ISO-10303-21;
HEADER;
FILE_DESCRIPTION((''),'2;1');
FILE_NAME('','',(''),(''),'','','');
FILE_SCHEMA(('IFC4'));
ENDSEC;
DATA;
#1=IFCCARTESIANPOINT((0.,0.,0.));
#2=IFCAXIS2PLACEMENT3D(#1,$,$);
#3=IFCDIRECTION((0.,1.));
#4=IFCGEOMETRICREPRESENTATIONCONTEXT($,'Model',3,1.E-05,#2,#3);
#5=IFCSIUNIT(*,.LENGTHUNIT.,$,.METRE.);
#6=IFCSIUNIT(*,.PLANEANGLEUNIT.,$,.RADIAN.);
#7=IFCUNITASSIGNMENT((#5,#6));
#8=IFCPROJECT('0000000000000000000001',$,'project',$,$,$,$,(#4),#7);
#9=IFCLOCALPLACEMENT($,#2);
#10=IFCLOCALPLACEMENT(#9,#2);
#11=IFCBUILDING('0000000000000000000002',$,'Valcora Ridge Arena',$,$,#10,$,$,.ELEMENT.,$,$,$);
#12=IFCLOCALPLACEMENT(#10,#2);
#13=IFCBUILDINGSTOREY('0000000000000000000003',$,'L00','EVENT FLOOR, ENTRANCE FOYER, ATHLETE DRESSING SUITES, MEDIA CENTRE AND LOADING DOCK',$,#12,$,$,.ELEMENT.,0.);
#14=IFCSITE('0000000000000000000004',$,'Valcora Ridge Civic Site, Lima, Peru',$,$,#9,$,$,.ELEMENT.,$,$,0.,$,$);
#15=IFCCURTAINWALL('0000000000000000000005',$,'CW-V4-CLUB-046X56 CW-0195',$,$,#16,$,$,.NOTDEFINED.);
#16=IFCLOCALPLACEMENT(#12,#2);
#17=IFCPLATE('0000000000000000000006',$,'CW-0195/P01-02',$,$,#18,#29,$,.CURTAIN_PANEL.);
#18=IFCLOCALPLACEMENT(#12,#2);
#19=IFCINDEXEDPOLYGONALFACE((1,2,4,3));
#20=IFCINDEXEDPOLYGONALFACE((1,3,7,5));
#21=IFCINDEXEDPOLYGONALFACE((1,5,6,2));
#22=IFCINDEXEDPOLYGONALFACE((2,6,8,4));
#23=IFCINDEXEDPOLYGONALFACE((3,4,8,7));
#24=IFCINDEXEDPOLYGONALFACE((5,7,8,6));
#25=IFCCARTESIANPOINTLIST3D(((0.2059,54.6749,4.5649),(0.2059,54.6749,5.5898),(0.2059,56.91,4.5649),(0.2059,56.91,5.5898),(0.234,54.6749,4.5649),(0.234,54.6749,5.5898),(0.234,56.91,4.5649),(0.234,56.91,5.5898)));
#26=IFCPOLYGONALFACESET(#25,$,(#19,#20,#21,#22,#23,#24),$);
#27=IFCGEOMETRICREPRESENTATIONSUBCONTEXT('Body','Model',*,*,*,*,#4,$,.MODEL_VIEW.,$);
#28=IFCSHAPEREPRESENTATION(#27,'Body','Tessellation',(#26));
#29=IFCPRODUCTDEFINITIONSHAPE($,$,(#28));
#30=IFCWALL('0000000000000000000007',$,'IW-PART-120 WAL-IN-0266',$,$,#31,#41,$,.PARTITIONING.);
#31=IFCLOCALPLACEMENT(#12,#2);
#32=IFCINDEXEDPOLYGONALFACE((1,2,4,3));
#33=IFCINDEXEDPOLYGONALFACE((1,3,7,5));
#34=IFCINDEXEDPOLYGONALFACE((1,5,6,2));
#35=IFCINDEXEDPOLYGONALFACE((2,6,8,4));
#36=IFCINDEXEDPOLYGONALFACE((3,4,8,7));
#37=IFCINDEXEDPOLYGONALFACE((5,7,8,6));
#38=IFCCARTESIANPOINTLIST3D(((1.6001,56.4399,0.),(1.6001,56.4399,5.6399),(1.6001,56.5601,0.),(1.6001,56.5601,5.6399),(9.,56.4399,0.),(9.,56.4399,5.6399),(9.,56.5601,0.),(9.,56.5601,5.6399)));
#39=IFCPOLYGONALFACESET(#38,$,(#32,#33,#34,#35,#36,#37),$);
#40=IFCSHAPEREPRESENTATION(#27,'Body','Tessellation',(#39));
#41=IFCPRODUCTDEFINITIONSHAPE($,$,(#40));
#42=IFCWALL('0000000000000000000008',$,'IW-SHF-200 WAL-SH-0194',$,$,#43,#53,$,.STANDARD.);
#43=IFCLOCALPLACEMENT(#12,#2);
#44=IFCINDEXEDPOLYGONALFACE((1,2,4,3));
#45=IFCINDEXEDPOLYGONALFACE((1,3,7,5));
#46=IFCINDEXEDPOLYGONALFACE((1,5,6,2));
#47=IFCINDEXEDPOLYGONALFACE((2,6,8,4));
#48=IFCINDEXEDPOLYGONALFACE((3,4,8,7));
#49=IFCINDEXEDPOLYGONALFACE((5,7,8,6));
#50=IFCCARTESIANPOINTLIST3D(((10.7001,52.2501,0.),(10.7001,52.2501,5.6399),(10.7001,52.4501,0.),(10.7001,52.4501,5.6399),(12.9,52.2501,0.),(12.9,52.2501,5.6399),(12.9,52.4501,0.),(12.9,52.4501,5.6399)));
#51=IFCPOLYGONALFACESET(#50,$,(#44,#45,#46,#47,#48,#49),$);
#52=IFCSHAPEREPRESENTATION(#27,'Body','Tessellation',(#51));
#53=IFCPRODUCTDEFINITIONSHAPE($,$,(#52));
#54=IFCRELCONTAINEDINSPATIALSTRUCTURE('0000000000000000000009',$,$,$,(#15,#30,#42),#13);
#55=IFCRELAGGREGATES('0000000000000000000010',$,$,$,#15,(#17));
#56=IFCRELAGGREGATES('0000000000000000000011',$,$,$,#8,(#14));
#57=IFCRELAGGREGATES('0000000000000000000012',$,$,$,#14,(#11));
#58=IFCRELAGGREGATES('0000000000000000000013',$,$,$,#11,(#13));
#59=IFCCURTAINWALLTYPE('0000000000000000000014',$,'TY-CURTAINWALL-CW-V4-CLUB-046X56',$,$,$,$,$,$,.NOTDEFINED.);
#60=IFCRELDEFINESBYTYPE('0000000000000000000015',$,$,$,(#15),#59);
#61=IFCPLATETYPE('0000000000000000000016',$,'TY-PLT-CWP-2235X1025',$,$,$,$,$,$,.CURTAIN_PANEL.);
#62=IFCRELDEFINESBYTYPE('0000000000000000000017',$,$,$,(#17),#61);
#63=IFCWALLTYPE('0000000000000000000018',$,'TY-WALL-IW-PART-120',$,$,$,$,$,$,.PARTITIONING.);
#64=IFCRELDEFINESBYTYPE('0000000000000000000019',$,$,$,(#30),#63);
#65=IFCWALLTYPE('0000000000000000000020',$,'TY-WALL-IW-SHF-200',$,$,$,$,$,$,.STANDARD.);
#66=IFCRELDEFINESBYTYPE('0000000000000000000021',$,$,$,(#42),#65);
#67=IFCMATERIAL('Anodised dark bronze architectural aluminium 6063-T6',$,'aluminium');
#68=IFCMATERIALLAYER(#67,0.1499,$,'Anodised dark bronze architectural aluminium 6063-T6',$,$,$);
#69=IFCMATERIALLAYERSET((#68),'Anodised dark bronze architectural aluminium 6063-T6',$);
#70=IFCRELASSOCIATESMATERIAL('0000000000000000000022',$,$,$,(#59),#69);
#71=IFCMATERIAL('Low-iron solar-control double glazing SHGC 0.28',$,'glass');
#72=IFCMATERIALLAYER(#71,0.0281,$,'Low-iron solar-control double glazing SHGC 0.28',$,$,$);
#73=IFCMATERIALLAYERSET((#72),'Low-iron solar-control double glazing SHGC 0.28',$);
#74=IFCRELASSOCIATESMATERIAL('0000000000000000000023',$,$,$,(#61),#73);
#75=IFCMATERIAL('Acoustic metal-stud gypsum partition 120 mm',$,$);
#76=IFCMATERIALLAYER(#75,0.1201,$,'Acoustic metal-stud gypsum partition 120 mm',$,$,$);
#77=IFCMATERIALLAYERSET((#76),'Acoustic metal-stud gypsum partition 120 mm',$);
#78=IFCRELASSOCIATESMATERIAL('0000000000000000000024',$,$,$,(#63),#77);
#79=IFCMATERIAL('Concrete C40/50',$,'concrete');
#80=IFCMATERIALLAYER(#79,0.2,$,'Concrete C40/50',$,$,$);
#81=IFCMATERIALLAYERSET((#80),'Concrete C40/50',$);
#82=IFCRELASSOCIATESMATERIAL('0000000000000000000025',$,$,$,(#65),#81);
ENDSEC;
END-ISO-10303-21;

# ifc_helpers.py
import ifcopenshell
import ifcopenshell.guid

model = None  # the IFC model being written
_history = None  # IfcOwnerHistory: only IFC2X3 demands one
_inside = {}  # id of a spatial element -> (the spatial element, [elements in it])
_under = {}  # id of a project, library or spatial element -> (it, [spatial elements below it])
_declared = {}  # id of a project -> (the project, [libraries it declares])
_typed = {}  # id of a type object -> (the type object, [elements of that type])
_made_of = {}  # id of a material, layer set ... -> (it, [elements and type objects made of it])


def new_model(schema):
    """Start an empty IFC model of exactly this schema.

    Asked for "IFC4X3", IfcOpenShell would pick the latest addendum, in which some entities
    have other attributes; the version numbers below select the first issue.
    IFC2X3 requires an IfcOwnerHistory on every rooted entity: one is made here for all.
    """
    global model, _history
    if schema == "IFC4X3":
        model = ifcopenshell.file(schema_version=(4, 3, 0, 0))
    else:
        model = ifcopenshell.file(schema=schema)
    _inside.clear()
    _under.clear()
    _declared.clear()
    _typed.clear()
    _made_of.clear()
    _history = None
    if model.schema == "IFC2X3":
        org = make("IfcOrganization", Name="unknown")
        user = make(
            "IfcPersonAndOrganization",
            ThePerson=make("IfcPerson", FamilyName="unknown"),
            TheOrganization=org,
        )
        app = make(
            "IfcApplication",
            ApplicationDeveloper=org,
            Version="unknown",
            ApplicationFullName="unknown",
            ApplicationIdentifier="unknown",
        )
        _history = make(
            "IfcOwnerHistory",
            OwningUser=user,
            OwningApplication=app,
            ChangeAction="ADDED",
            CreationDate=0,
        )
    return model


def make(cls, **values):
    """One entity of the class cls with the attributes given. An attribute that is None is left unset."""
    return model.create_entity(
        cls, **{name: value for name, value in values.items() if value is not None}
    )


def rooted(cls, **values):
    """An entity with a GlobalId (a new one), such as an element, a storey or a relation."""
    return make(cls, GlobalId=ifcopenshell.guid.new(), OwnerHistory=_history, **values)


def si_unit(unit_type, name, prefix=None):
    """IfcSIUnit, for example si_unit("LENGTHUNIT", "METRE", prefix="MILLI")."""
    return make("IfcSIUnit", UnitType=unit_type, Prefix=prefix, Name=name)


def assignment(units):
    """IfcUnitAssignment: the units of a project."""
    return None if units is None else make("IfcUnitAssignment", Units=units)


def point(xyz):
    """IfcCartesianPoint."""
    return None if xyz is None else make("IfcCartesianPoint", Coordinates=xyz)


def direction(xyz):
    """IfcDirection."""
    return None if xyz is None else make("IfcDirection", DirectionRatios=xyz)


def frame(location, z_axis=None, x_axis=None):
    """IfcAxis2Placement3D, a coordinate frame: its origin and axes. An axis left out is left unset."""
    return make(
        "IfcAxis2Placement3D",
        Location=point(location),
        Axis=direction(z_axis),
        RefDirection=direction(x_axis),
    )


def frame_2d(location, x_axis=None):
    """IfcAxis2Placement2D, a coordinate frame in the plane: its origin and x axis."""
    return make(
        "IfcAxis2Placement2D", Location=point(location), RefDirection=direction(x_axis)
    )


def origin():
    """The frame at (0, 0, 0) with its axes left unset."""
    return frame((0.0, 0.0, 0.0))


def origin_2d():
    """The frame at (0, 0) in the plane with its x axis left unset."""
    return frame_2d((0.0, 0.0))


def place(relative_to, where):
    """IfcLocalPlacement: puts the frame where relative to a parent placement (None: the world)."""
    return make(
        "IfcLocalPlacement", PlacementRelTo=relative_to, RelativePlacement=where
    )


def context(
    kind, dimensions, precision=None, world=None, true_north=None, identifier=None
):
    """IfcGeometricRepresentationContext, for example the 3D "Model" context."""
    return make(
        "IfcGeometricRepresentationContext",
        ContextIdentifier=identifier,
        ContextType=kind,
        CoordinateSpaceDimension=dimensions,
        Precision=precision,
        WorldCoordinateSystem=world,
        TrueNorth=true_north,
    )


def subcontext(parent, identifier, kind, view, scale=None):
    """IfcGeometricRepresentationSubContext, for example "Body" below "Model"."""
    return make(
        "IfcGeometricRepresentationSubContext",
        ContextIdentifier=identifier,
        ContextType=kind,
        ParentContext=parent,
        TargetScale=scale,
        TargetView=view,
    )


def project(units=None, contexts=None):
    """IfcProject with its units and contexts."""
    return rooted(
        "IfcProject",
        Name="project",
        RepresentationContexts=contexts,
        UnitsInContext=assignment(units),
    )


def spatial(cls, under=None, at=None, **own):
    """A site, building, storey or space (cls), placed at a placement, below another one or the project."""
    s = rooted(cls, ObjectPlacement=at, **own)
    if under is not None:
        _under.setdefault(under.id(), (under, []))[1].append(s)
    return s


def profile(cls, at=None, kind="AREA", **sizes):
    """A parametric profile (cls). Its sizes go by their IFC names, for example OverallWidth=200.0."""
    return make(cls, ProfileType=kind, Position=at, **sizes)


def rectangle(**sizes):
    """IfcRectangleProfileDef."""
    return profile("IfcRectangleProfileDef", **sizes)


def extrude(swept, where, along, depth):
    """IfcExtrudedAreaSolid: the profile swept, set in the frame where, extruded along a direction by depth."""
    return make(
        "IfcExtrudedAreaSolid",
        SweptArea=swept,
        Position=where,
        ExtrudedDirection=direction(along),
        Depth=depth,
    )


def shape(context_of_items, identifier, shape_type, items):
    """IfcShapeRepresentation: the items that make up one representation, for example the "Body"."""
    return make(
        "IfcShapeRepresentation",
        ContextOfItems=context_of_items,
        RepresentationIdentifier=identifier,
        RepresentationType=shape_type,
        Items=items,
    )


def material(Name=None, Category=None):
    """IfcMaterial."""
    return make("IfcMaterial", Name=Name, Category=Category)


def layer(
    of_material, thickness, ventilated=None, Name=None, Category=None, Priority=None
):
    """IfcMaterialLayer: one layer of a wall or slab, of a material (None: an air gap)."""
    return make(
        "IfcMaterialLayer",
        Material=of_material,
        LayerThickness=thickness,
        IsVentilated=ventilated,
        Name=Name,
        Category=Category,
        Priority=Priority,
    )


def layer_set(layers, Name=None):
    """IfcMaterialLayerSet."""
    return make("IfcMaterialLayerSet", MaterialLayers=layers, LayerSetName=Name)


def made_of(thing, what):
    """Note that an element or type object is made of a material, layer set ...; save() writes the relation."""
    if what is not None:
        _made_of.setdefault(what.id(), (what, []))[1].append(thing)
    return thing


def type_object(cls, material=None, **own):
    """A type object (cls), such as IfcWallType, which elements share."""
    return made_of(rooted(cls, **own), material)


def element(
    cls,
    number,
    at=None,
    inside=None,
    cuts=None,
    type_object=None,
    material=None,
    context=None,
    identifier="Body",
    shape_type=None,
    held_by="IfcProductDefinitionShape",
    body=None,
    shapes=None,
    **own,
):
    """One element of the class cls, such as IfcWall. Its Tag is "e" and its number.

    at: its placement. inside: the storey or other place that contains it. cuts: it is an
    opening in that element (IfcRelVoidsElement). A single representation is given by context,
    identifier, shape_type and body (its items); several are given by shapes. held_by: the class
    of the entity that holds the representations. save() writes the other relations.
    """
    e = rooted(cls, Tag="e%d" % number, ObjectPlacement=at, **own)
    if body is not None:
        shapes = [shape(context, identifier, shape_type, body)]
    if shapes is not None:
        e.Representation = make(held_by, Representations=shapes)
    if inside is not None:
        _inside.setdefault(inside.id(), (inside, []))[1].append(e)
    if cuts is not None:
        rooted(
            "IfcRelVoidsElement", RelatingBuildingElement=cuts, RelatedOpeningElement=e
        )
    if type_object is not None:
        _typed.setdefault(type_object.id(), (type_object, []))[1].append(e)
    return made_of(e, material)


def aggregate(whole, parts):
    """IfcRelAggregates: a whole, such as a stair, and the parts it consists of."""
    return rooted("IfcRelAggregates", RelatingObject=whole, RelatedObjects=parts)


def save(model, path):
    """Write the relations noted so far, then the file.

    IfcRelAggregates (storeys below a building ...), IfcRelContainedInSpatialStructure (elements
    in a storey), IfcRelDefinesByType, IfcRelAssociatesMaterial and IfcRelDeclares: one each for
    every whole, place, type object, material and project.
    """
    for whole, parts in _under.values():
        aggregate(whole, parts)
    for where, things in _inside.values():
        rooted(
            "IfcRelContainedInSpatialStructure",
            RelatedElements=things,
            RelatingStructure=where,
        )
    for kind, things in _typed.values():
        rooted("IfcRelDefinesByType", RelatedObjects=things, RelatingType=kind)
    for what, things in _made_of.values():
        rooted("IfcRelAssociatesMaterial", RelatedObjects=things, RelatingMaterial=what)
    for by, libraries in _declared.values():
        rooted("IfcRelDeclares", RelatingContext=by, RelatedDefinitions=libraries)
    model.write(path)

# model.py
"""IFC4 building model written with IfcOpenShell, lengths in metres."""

from ifc_helpers import new_model, si_unit, direction, frame, frame_2d, origin, origin_2d, place, context, subcontext, project, spatial, rectangle, extrude, material, layer, layer_set, type_object, element, aggregate, save


model = new_model("IFC4")

# Units and contexts
model_context = context("Model", 3, precision=1e-05, world=origin(), true_north=direction((0.0, 1.0)))
body_context = subcontext(model_context, "Body", "Model", "MODEL_VIEW")
ifc_project = project(units=[si_unit("LENGTHUNIT", "METRE"), si_unit("PLANEANGLEUNIT", "RADIAN")], contexts=[model_context])

# Site, building, storey
site_placement = place(None, origin())
site = spatial("IfcSite", under=ifc_project, at=site_placement, Name="Valcora Ridge Civic Site, Lima, Peru", CompositionType="ELEMENT", RefElevation=0.0)
building_placement = place(site_placement, origin())
building = spatial("IfcBuilding", under=site, at=building_placement, Name="Valcora Ridge Arena", CompositionType="ELEMENT")
storey_placement = place(building_placement, origin())
storey = spatial("IfcBuildingStorey", under=building, at=storey_placement, Name="L00", Description="EVENT FLOOR, ENTRANCE FOYER, ATHLETE DRESSING SUITES, MEDIA CENTRE AND LOADING DOCK", CompositionType="ELEMENT", Elevation=0.0)

# Shared definitions
ifc_material_1 = material(Name="Concrete C40/50", Category="concrete")

# Curtain wall, plate
ifc_material_2 = material(Name="Anodised dark bronze architectural aluminium 6063-T6", Category="aluminium")
ifc_layer_1 = layer(ifc_material_2, 0.1499, Name="Anodised dark bronze architectural aluminium 6063-T6")
ifc_layer_set_1 = layer_set([ifc_layer_1], Name="Anodised dark bronze architectural aluminium 6063-T6")
curtain_wall_type = type_object("IfcCurtainWallType", Name="TY-CURTAINWALL-CW-V4-CLUB-046X56", PredefinedType="NOTDEFINED", material=ifc_layer_set_1)
curtain_wall_placement = place(storey_placement, origin())
curtain_wall = element("IfcCurtainWall", 1, at=curtain_wall_placement, inside=storey, type_object=curtain_wall_type, Name="CW-V4-CLUB-046X56 CW-0195", PredefinedType="NOTDEFINED")
ifc_material_3 = material(Name="Low-iron solar-control double glazing SHGC 0.28", Category="glass")
ifc_layer_2 = layer(ifc_material_3, 0.0281, Name="Low-iron solar-control double glazing SHGC 0.28")
ifc_layer_set_2 = layer_set([ifc_layer_2], Name="Low-iron solar-control double glazing SHGC 0.28")
plate_type = type_object("IfcPlateType", Name="TY-PLT-CWP-2235X1025", PredefinedType="CURTAIN_PANEL", material=ifc_layer_set_2)
plate_placement = place(storey_placement, frame((0.22, 55.7925, 4.5649), z_axis=(0.0, 0.0, 1.0), x_axis=(0.0, 1.0, 0.0)))
plate = element("IfcPlate", 2, at=plate_placement, type_object=plate_type, Name="CW-0195/P01-02", PredefinedType="CURTAIN_PANEL", context=body_context, shape_type="SweptSolid", body=[
    extrude(rectangle(XDim=2.2351, YDim=0.0281, at=origin_2d()), origin(), (0.0, 0.0, 1.0), 1.0249),
])
aggregate(curtain_wall, [plate])

# Walls
ifc_material_4 = material(Name="Acoustic metal-stud gypsum partition 120 mm")
ifc_layer_3 = layer(ifc_material_4, 0.1201, Name="Acoustic metal-stud gypsum partition 120 mm")
ifc_layer_set_3 = layer_set([ifc_layer_3], Name="Acoustic metal-stud gypsum partition 120 mm")
wall_type_1 = type_object("IfcWallType", Name="TY-WALL-IW-PART-120", PredefinedType="PARTITIONING", material=ifc_layer_set_3)
wall_1_placement = place(storey_placement, frame((1.6001, 56.5, 0.0), z_axis=(0.0, 0.0, 1.0), x_axis=(1.0, 0.0, 0.0)))
element("IfcWall", 3, at=wall_1_placement, inside=storey, type_object=wall_type_1, Name="IW-PART-120 WAL-IN-0266", PredefinedType="PARTITIONING", context=body_context, shape_type="SweptSolid", body=[
    extrude(rectangle(XDim=7.3999, YDim=0.1201, at=frame_2d((3.7, 0.0))), origin(), (0.0, 0.0, 1.0), 5.6399),
])
ifc_layer_4 = layer(ifc_material_1, 0.2, Name="Concrete C40/50")
ifc_layer_set_4 = layer_set([ifc_layer_4], Name="Concrete C40/50")
wall_type_2 = type_object("IfcWallType", Name="TY-WALL-IW-SHF-200", PredefinedType="STANDARD", material=ifc_layer_set_4)
wall_2_placement = place(storey_placement, frame((10.7, 52.3501, 0.0), z_axis=(0.0, 0.0, 1.0), x_axis=(1.0, 0.0, 0.0)))
element("IfcWall", 4, at=wall_2_placement, inside=storey, type_object=wall_type_2, Name="IW-SHF-200 WAL-SH-0194", PredefinedType="STANDARD", context=body_context, shape_type="SweptSolid", body=[
    extrude(rectangle(XDim=2.2, YDim=0.2, at=frame_2d((1.1001, 0.0))), origin(), (0.0, 0.0, 1.0), 5.6399),
])

save(model, "model.ifc")
